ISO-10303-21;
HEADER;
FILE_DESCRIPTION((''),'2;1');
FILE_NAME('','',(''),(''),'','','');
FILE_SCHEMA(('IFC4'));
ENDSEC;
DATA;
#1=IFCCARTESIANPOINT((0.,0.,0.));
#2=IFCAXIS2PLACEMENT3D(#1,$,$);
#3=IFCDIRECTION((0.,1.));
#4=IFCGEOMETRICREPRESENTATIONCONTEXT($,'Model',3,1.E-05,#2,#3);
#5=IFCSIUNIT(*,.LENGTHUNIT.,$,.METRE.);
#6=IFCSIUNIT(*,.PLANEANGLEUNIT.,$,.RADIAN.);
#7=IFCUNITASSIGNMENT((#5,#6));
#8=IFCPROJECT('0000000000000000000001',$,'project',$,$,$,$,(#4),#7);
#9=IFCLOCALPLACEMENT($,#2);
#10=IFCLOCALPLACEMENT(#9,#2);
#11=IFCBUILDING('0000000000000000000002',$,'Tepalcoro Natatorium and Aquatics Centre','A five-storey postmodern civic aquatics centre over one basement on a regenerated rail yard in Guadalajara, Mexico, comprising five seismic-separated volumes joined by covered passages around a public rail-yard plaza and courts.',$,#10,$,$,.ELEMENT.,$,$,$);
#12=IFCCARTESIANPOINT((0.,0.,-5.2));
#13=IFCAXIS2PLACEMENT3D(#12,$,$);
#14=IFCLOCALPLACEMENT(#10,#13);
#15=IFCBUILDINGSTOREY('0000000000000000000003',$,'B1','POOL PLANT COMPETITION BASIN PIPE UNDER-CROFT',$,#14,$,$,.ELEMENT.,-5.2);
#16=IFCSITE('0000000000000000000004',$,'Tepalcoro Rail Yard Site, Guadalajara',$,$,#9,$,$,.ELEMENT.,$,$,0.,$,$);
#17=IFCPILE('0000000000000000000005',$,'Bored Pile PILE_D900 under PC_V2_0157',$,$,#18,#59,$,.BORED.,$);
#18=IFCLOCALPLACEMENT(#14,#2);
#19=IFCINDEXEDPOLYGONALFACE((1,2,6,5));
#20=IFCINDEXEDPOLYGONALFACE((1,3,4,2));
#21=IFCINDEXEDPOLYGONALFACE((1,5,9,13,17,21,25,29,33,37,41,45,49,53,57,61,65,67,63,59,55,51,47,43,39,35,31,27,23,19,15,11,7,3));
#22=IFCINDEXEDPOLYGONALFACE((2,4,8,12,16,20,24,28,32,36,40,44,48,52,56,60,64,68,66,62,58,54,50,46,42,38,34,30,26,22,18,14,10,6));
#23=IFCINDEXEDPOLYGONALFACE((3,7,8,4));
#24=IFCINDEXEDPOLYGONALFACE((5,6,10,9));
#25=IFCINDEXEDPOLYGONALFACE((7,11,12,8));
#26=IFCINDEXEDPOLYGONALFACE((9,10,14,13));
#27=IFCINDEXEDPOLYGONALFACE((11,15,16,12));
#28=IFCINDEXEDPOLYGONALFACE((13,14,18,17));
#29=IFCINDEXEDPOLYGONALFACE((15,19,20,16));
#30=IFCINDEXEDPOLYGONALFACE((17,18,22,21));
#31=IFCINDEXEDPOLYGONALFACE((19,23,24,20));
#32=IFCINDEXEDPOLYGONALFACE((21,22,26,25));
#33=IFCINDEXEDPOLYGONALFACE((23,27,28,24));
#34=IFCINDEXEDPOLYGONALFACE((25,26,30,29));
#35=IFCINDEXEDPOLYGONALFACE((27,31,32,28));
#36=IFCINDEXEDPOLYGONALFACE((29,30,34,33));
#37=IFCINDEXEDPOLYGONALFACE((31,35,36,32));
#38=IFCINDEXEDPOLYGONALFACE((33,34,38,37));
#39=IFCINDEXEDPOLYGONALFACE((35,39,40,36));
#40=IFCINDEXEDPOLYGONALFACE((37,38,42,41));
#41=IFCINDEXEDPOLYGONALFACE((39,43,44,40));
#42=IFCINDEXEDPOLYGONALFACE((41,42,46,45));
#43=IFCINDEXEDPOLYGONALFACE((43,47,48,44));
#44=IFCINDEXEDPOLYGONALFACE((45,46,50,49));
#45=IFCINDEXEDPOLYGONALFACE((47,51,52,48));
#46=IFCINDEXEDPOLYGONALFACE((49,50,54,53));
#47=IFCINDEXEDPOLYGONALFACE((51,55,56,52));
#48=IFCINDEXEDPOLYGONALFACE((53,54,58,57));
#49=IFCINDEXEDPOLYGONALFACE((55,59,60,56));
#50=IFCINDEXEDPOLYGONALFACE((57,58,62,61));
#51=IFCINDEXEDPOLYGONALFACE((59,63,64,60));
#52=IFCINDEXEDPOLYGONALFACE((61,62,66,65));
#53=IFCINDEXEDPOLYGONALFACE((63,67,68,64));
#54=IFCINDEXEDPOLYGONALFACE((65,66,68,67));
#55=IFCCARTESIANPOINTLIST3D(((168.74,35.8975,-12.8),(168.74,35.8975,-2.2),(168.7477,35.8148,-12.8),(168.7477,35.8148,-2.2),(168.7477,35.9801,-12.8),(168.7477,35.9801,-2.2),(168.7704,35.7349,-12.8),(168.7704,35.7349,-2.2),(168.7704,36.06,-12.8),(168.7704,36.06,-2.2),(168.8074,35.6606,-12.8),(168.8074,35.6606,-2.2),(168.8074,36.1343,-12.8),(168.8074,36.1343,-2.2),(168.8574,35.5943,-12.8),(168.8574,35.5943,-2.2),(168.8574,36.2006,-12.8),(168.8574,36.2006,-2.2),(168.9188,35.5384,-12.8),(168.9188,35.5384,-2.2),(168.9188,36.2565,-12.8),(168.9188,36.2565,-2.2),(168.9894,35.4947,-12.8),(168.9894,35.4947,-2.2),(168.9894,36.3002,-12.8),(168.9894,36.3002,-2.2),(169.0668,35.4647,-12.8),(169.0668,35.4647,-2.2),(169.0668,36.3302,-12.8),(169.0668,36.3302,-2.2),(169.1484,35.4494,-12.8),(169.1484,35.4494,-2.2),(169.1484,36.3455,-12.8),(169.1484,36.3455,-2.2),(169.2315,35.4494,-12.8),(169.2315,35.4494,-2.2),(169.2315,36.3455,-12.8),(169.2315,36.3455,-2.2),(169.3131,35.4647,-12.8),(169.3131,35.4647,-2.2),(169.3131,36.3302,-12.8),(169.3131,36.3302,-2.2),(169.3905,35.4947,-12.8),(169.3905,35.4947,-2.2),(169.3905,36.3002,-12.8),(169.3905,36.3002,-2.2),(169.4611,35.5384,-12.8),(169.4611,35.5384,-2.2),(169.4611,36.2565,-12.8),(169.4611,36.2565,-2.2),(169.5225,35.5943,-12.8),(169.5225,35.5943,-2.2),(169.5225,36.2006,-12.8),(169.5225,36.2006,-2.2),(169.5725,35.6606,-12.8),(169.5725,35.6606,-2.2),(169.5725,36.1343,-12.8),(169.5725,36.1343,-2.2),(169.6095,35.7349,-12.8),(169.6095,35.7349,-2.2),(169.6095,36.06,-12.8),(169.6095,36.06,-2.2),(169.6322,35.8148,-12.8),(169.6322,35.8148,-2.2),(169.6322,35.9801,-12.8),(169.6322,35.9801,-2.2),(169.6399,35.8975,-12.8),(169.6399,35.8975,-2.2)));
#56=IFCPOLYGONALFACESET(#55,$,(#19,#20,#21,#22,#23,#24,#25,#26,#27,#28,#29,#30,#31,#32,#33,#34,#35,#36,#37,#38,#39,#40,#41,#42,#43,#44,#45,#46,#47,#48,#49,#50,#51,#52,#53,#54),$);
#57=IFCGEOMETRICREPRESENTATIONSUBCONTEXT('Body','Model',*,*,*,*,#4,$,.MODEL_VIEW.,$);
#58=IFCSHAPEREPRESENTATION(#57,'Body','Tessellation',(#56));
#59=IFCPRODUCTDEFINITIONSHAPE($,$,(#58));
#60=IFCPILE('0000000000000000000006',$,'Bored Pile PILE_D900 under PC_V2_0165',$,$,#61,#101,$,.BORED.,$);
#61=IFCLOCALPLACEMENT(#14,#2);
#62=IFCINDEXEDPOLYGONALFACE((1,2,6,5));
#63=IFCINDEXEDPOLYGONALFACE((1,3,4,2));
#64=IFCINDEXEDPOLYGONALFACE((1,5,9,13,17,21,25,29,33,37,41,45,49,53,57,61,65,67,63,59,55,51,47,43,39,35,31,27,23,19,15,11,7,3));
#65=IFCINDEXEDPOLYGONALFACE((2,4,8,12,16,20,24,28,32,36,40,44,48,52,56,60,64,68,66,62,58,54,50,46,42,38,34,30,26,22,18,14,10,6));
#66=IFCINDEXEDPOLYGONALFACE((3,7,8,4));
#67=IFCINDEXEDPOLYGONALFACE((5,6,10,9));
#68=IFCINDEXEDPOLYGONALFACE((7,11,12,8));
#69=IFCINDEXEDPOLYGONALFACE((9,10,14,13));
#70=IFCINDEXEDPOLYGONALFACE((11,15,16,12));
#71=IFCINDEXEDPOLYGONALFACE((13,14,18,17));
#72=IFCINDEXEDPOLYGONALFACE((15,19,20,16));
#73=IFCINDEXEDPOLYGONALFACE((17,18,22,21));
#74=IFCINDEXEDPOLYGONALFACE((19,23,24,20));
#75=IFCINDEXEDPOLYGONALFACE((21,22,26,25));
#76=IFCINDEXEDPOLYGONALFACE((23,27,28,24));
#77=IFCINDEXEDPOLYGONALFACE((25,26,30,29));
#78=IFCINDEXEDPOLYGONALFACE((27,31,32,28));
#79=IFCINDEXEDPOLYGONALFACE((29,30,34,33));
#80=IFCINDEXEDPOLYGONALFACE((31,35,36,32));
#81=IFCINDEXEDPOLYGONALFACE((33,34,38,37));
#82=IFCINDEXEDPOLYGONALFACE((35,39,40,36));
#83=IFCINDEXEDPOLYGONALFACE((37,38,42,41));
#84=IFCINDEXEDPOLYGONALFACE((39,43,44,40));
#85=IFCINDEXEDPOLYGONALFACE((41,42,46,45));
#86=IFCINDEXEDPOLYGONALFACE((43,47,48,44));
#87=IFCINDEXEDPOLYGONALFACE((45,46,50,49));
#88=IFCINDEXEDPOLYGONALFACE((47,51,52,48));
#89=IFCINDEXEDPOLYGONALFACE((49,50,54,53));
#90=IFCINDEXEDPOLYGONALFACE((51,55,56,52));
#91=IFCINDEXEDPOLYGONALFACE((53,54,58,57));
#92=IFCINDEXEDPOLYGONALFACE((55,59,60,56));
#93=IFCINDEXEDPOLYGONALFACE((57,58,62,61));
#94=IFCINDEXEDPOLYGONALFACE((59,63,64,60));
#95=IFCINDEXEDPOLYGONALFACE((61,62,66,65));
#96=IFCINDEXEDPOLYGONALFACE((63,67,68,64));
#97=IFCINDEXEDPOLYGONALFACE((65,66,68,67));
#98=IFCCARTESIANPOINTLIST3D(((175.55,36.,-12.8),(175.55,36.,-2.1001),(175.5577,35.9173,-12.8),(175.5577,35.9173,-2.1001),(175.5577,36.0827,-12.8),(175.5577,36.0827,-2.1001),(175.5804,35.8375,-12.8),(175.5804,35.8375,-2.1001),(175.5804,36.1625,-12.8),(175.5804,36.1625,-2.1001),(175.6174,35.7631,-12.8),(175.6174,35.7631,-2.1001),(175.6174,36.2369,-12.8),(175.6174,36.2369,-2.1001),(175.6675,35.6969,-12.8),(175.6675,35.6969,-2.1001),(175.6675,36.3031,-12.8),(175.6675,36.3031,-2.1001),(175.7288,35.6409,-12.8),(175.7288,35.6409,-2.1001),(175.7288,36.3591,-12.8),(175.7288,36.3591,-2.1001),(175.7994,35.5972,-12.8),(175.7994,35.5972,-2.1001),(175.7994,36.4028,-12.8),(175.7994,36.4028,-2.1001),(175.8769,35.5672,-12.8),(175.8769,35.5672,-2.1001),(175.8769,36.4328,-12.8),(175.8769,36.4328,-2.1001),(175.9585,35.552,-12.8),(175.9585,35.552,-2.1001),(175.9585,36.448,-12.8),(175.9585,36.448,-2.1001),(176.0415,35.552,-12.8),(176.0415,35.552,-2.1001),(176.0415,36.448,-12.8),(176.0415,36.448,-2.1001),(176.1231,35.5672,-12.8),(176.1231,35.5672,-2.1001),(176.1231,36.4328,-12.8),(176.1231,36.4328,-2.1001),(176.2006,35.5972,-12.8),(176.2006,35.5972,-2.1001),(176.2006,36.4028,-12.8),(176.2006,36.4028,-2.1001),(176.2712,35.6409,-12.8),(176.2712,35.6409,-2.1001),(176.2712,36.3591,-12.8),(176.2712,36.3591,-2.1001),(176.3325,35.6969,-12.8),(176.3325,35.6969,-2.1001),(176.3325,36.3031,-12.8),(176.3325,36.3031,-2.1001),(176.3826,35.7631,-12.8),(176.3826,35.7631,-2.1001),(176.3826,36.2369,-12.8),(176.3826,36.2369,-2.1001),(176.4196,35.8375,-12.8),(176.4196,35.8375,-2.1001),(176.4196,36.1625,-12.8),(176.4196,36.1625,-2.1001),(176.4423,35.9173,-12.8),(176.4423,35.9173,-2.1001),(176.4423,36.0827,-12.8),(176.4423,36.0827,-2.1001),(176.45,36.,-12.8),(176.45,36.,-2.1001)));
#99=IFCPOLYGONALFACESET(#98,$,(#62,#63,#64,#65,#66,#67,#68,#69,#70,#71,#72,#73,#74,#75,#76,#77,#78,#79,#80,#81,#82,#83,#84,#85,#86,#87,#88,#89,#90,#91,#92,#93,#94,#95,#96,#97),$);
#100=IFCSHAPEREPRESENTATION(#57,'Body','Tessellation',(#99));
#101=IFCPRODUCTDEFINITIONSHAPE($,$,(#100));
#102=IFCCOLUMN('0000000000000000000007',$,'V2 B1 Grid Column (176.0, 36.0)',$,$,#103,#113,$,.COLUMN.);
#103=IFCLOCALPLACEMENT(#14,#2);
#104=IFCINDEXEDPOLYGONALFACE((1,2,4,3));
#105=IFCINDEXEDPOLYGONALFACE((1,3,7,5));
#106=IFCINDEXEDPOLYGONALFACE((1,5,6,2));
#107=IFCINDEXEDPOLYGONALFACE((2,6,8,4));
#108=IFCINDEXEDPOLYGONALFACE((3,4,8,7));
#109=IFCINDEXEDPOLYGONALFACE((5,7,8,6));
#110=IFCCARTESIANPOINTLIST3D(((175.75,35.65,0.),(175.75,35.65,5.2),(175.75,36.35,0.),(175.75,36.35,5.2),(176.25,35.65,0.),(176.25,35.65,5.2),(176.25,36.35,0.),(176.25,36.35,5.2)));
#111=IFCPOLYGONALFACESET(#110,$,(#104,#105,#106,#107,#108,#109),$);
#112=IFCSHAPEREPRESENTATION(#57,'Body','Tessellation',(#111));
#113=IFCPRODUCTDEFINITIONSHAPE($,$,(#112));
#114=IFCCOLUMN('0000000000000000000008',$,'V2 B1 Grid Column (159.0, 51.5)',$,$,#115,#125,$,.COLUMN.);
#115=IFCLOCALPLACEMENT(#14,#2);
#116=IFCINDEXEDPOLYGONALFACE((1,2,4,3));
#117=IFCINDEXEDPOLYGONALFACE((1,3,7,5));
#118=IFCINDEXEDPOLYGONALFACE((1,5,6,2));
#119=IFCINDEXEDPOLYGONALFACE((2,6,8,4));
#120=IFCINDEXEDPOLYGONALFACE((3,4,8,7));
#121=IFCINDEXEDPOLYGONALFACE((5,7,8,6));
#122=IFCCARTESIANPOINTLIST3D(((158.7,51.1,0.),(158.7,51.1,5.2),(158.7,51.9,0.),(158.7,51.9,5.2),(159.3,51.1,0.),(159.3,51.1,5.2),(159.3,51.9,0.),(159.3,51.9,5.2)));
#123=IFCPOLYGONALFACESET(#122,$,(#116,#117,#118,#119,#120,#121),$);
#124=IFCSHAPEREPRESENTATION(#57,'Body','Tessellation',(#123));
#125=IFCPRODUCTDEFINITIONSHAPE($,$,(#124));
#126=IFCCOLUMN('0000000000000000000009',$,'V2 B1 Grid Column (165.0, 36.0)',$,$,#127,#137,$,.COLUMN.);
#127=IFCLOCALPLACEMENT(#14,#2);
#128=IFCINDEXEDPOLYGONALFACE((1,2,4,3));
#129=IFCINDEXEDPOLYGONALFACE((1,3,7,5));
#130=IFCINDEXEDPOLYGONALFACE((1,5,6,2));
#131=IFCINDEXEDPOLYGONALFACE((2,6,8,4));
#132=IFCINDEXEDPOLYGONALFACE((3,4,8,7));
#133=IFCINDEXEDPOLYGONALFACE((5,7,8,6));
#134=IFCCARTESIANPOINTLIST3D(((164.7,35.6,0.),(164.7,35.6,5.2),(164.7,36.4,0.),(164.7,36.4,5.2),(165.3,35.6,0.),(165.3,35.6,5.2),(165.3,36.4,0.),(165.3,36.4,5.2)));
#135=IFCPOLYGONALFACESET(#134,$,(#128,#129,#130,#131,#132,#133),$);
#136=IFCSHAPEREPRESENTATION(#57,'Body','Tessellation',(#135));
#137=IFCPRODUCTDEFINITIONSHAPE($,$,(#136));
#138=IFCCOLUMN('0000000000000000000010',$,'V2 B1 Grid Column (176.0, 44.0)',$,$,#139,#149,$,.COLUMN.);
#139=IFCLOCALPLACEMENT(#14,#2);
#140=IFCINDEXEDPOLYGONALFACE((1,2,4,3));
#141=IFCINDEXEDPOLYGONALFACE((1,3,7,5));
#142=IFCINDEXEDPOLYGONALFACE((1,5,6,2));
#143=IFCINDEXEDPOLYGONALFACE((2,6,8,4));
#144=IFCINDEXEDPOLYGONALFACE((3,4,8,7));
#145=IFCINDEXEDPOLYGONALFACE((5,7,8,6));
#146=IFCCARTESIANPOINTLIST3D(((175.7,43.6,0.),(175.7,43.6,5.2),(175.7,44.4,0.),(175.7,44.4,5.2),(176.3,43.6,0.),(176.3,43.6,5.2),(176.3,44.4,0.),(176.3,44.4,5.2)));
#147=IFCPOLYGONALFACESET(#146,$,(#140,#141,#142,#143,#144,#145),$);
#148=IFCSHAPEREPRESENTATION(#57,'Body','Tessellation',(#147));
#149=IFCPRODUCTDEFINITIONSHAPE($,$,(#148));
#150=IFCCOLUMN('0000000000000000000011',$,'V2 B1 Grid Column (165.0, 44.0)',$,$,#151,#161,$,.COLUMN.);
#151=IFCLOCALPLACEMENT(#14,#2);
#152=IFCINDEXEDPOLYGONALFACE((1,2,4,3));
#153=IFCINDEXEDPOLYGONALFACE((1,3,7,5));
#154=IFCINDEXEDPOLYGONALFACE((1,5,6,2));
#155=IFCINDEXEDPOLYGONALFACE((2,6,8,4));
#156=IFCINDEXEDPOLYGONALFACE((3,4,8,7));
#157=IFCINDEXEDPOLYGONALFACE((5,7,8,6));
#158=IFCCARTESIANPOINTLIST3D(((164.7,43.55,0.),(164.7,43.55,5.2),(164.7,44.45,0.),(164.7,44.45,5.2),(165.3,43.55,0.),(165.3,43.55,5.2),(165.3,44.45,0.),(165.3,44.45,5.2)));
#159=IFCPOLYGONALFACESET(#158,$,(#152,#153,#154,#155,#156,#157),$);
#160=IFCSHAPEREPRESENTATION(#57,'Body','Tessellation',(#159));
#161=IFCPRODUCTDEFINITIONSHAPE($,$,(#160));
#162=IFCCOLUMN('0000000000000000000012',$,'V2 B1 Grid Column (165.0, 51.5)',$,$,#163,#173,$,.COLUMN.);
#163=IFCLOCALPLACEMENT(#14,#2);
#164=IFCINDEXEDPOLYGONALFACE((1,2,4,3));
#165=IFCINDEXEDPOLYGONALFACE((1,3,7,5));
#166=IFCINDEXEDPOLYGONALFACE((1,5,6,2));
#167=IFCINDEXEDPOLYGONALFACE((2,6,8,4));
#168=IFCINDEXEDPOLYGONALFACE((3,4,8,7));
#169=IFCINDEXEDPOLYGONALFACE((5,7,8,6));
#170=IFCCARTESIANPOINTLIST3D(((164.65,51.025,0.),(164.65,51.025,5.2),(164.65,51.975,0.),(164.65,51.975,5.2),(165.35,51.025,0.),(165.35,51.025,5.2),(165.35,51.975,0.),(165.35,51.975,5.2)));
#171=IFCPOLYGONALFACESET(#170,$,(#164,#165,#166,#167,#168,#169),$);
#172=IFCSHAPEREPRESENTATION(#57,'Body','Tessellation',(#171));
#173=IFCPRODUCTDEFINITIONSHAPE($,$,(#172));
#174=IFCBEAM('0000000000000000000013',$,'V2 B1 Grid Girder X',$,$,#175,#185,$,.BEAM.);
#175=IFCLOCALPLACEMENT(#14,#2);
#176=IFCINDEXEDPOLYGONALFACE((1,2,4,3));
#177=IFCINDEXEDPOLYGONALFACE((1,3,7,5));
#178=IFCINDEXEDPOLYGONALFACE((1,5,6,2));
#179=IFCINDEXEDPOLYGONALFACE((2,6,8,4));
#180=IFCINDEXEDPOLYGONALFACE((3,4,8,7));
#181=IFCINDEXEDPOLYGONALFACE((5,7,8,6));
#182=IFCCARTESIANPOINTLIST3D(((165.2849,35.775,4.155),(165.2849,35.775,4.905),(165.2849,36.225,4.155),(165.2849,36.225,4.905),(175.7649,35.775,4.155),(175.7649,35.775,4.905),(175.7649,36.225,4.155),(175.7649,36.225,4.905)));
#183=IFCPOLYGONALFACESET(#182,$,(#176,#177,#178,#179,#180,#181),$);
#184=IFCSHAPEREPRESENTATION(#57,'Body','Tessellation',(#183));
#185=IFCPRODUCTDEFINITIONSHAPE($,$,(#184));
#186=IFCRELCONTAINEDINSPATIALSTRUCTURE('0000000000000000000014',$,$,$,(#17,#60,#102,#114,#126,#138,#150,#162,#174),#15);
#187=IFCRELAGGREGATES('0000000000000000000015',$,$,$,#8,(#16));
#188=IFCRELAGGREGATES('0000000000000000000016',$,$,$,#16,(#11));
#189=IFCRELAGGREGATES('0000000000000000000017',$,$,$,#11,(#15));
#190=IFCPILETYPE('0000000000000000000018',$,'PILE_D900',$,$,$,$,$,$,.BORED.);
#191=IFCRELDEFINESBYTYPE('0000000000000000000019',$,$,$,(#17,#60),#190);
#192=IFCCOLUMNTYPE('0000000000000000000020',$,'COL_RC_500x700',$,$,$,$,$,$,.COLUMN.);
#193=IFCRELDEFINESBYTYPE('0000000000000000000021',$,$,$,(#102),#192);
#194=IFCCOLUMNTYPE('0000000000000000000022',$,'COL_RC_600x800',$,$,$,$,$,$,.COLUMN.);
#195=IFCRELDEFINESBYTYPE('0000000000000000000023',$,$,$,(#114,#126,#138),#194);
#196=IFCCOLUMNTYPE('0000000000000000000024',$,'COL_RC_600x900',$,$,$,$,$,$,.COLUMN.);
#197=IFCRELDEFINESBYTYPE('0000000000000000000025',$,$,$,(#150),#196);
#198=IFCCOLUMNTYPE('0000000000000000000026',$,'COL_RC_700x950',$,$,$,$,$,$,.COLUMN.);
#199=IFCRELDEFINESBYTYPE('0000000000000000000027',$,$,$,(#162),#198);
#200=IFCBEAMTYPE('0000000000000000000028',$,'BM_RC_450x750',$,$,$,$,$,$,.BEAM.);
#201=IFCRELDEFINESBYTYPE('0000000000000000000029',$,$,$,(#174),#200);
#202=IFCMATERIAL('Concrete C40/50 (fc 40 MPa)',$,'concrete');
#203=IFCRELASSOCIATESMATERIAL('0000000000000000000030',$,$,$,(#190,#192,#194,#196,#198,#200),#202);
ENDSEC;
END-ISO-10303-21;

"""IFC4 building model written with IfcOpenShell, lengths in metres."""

from ifc_helpers import new_model, si_unit, direction, frame, origin, origin_2d, place, context, subcontext, project, spatial, rectangle, circle, extrude, material, material_profile, profile_set, type_object, element, save


model = new_model("IFC4")

# Units and contexts
model_context = context("Model", 3, precision=1e-05, world=origin(), true_north=direction((0.0, 1.0)))
body_context = subcontext(model_context, "Body", "Model", "MODEL_VIEW")
ifc_project = project(units=[si_unit("LENGTHUNIT", "METRE"), si_unit("PLANEANGLEUNIT", "RADIAN")], contexts=[model_context])

# Site, building, storey
site_placement = place(None, origin())
site = spatial("IfcSite", under=ifc_project, at=site_placement, Name="Tepalcoro Rail Yard Site, Guadalajara", CompositionType="ELEMENT", RefElevation=0.0)
building_placement = place(site_placement, origin())
building = spatial("IfcBuilding", under=site, at=building_placement, Name="Tepalcoro Natatorium and Aquatics Centre", Description="A five-storey postmodern civic aquatics centre over one basement on a regenerated rail yard in Guadalajara, Mexico, comprising five seismic-separated volumes joined by covered passages around a public rail-yard plaza and courts.", CompositionType="ELEMENT")
storey_placement = place(building_placement, frame((0.0, 0.0, -5.2)))
storey = spatial("IfcBuildingStorey", under=building, at=storey_placement, Name="B1", Description="POOL PLANT COMPETITION BASIN PIPE UNDER-CROFT", CompositionType="ELEMENT", Elevation=-5.2)

# Piles
ifc_material_1 = material(Name="Concrete C40/50 (fc 40 MPa)", Category="concrete")
ifc_material_profile_1 = material_profile(ifc_material_1, circle(Radius=0.45, at=origin_2d()), Name="PILE_D900")
ifc_profile_set_1 = profile_set([ifc_material_profile_1], Name="Concrete C40/50 (fc 40 MPa)")
pile_type_1 = type_object("IfcPileType", Name="PILE_D900", PredefinedType="BORED", material=ifc_profile_set_1)
for number, where, z_axis, x_axis, name in (
    (1, (169.1899, 35.8975, -2.2), (0.0, 0.0, -1.0), (1.0, 0.0, 0.0), "Bored Pile PILE_D900 under PC_V2_0157"),
):
    element("IfcPile", number, at=place(storey_placement, frame(where, z_axis=z_axis, x_axis=x_axis)), inside=storey, type_object=pile_type_1, Name=name, PredefinedType="BORED", context=body_context, shape_type="SweptSolid", body=[
        extrude(circle(Radius=0.45, at=origin_2d()), origin(), (0.0, 0.0, 1.0), 10.6001),
    ])
pile_1_placement = place(storey_placement, frame((176.0, 36.0, -2.1001), z_axis=(0.0, 0.0, -1.0), x_axis=(1.0, 0.0, 0.0)))
element("IfcPile", 2, at=pile_1_placement, inside=storey, type_object=pile_type_1, Name="Bored Pile PILE_D900 under PC_V2_0165", PredefinedType="BORED", context=body_context, shape_type="SweptSolid", body=[
    extrude(circle(Radius=0.45, at=origin_2d()), origin(), (0.0, 0.0, 1.0), 10.7),
])

# Columns
ifc_material_profile_2 = material_profile(ifc_material_1, rectangle(XDim=0.5, YDim=0.7, at=origin_2d()), Name="RC500x700")
ifc_profile_set_2 = profile_set([ifc_material_profile_2], Name="Concrete C40/50 (fc 40 MPa)")
column_type_1 = type_object("IfcColumnType", Name="COL_RC_500x700", PredefinedType="COLUMN", material=ifc_profile_set_2)
column_1_placement = place(storey_placement, frame((176.0, 36.0, 0.0), z_axis=(0.0, 0.0, 1.0), x_axis=(1.0, 0.0, 0.0)))
element("IfcColumn", 3, at=column_1_placement, inside=storey, type_object=column_type_1, Name="V2 B1 Grid Column (176.0, 36.0)", PredefinedType="COLUMN", context=body_context, shape_type="SweptSolid", body=[
    extrude(rectangle(XDim=0.5, YDim=0.7, at=origin_2d()), origin(), (0.0, 0.0, 1.0), 5.2),
])
ifc_material_profile_3 = material_profile(ifc_material_1, rectangle(XDim=0.6001, YDim=0.8, at=origin_2d()), Name="RC600x800")
ifc_profile_set_3 = profile_set([ifc_material_profile_3], Name="Concrete C40/50 (fc 40 MPa)")
column_type_2 = type_object("IfcColumnType", Name="COL_RC_600x800", PredefinedType="COLUMN", material=ifc_profile_set_3)
for number, where, z_axis, x_axis, name in (
    (4, (159.0, 51.5, 0.0), (0.0, 0.0, 1.0), (1.0, 0.0, 0.0), "V2 B1 Grid Column (159.0, 51.5)"),
    (5, (165.0, 36.0, 0.0), (0.0, 0.0, 1.0), (1.0, 0.0, 0.0), "V2 B1 Grid Column (165.0, 36.0)"),
    (6, (176.0, 44.0, 0.0), (0.0, 0.0, 1.0), (1.0, 0.0, 0.0), "V2 B1 Grid Column (176.0, 44.0)"),
):
    element("IfcColumn", number, at=place(storey_placement, frame(where, z_axis=z_axis, x_axis=x_axis)), inside=storey, type_object=column_type_2, Name=name, PredefinedType="COLUMN", context=body_context, shape_type="SweptSolid", body=[
        extrude(rectangle(XDim=0.6001, YDim=0.8, at=origin_2d()), origin(), (0.0, 0.0, 1.0), 5.2),
    ])
ifc_material_profile_4 = material_profile(ifc_material_1, rectangle(XDim=0.6001, YDim=0.8999, at=origin_2d()), Name="RC600x900")
ifc_profile_set_4 = profile_set([ifc_material_profile_4], Name="Concrete C40/50 (fc 40 MPa)")
column_type_3 = type_object("IfcColumnType", Name="COL_RC_600x900", PredefinedType="COLUMN", material=ifc_profile_set_4)
column_2_placement = place(storey_placement, frame((165.0, 44.0, 0.0), z_axis=(0.0, 0.0, 1.0), x_axis=(1.0, 0.0, 0.0)))
element("IfcColumn", 7, at=column_2_placement, inside=storey, type_object=column_type_3, Name="V2 B1 Grid Column (165.0, 44.0)", PredefinedType="COLUMN", context=body_context, shape_type="SweptSolid", body=[
    extrude(rectangle(XDim=0.6001, YDim=0.8999, at=origin_2d()), origin(), (0.0, 0.0, 1.0), 5.2),
])
ifc_material_profile_5 = material_profile(ifc_material_1, rectangle(XDim=0.7, YDim=0.95, at=origin_2d()), Name="RC700x950")
ifc_profile_set_5 = profile_set([ifc_material_profile_5], Name="Concrete C40/50 (fc 40 MPa)")
column_type_4 = type_object("IfcColumnType", Name="COL_RC_700x950", PredefinedType="COLUMN", material=ifc_profile_set_5)
column_3_placement = place(storey_placement, frame((165.0, 51.5, 0.0), z_axis=(0.0, 0.0, 1.0), x_axis=(1.0, 0.0, 0.0)))
element("IfcColumn", 8, at=column_3_placement, inside=storey, type_object=column_type_4, Name="V2 B1 Grid Column (165.0, 51.5)", PredefinedType="COLUMN", context=body_context, shape_type="SweptSolid", body=[
    extrude(rectangle(XDim=0.7, YDim=0.95, at=origin_2d()), origin(), (0.0, 0.0, 1.0), 5.2),
])

# Beam
ifc_material_profile_6 = material_profile(ifc_material_1, rectangle(XDim=0.45, YDim=0.75, at=origin_2d()), Name="RCB450x750")
ifc_profile_set_6 = profile_set([ifc_material_profile_6], Name="Concrete C40/50 (fc 40 MPa)")
beam_type_1 = type_object("IfcBeamType", Name="BM_RC_450x750", PredefinedType="BEAM", material=ifc_profile_set_6)
beam_1_placement = place(storey_placement, frame((165.2849, 36.0, 4.53), z_axis=(1.0, 0.0, 0.0), x_axis=(0.0, 1.0, 0.0)))
element("IfcBeam", 9, at=beam_1_placement, inside=storey, type_object=beam_type_1, Name="V2 B1 Grid Girder X", PredefinedType="BEAM", context=body_context, shape_type="SweptSolid", body=[
    extrude(rectangle(XDim=0.45, YDim=0.75, at=origin_2d()), origin(), (0.0, 0.0, 1.0), 10.48),
])

save(model, "model.ifc")
